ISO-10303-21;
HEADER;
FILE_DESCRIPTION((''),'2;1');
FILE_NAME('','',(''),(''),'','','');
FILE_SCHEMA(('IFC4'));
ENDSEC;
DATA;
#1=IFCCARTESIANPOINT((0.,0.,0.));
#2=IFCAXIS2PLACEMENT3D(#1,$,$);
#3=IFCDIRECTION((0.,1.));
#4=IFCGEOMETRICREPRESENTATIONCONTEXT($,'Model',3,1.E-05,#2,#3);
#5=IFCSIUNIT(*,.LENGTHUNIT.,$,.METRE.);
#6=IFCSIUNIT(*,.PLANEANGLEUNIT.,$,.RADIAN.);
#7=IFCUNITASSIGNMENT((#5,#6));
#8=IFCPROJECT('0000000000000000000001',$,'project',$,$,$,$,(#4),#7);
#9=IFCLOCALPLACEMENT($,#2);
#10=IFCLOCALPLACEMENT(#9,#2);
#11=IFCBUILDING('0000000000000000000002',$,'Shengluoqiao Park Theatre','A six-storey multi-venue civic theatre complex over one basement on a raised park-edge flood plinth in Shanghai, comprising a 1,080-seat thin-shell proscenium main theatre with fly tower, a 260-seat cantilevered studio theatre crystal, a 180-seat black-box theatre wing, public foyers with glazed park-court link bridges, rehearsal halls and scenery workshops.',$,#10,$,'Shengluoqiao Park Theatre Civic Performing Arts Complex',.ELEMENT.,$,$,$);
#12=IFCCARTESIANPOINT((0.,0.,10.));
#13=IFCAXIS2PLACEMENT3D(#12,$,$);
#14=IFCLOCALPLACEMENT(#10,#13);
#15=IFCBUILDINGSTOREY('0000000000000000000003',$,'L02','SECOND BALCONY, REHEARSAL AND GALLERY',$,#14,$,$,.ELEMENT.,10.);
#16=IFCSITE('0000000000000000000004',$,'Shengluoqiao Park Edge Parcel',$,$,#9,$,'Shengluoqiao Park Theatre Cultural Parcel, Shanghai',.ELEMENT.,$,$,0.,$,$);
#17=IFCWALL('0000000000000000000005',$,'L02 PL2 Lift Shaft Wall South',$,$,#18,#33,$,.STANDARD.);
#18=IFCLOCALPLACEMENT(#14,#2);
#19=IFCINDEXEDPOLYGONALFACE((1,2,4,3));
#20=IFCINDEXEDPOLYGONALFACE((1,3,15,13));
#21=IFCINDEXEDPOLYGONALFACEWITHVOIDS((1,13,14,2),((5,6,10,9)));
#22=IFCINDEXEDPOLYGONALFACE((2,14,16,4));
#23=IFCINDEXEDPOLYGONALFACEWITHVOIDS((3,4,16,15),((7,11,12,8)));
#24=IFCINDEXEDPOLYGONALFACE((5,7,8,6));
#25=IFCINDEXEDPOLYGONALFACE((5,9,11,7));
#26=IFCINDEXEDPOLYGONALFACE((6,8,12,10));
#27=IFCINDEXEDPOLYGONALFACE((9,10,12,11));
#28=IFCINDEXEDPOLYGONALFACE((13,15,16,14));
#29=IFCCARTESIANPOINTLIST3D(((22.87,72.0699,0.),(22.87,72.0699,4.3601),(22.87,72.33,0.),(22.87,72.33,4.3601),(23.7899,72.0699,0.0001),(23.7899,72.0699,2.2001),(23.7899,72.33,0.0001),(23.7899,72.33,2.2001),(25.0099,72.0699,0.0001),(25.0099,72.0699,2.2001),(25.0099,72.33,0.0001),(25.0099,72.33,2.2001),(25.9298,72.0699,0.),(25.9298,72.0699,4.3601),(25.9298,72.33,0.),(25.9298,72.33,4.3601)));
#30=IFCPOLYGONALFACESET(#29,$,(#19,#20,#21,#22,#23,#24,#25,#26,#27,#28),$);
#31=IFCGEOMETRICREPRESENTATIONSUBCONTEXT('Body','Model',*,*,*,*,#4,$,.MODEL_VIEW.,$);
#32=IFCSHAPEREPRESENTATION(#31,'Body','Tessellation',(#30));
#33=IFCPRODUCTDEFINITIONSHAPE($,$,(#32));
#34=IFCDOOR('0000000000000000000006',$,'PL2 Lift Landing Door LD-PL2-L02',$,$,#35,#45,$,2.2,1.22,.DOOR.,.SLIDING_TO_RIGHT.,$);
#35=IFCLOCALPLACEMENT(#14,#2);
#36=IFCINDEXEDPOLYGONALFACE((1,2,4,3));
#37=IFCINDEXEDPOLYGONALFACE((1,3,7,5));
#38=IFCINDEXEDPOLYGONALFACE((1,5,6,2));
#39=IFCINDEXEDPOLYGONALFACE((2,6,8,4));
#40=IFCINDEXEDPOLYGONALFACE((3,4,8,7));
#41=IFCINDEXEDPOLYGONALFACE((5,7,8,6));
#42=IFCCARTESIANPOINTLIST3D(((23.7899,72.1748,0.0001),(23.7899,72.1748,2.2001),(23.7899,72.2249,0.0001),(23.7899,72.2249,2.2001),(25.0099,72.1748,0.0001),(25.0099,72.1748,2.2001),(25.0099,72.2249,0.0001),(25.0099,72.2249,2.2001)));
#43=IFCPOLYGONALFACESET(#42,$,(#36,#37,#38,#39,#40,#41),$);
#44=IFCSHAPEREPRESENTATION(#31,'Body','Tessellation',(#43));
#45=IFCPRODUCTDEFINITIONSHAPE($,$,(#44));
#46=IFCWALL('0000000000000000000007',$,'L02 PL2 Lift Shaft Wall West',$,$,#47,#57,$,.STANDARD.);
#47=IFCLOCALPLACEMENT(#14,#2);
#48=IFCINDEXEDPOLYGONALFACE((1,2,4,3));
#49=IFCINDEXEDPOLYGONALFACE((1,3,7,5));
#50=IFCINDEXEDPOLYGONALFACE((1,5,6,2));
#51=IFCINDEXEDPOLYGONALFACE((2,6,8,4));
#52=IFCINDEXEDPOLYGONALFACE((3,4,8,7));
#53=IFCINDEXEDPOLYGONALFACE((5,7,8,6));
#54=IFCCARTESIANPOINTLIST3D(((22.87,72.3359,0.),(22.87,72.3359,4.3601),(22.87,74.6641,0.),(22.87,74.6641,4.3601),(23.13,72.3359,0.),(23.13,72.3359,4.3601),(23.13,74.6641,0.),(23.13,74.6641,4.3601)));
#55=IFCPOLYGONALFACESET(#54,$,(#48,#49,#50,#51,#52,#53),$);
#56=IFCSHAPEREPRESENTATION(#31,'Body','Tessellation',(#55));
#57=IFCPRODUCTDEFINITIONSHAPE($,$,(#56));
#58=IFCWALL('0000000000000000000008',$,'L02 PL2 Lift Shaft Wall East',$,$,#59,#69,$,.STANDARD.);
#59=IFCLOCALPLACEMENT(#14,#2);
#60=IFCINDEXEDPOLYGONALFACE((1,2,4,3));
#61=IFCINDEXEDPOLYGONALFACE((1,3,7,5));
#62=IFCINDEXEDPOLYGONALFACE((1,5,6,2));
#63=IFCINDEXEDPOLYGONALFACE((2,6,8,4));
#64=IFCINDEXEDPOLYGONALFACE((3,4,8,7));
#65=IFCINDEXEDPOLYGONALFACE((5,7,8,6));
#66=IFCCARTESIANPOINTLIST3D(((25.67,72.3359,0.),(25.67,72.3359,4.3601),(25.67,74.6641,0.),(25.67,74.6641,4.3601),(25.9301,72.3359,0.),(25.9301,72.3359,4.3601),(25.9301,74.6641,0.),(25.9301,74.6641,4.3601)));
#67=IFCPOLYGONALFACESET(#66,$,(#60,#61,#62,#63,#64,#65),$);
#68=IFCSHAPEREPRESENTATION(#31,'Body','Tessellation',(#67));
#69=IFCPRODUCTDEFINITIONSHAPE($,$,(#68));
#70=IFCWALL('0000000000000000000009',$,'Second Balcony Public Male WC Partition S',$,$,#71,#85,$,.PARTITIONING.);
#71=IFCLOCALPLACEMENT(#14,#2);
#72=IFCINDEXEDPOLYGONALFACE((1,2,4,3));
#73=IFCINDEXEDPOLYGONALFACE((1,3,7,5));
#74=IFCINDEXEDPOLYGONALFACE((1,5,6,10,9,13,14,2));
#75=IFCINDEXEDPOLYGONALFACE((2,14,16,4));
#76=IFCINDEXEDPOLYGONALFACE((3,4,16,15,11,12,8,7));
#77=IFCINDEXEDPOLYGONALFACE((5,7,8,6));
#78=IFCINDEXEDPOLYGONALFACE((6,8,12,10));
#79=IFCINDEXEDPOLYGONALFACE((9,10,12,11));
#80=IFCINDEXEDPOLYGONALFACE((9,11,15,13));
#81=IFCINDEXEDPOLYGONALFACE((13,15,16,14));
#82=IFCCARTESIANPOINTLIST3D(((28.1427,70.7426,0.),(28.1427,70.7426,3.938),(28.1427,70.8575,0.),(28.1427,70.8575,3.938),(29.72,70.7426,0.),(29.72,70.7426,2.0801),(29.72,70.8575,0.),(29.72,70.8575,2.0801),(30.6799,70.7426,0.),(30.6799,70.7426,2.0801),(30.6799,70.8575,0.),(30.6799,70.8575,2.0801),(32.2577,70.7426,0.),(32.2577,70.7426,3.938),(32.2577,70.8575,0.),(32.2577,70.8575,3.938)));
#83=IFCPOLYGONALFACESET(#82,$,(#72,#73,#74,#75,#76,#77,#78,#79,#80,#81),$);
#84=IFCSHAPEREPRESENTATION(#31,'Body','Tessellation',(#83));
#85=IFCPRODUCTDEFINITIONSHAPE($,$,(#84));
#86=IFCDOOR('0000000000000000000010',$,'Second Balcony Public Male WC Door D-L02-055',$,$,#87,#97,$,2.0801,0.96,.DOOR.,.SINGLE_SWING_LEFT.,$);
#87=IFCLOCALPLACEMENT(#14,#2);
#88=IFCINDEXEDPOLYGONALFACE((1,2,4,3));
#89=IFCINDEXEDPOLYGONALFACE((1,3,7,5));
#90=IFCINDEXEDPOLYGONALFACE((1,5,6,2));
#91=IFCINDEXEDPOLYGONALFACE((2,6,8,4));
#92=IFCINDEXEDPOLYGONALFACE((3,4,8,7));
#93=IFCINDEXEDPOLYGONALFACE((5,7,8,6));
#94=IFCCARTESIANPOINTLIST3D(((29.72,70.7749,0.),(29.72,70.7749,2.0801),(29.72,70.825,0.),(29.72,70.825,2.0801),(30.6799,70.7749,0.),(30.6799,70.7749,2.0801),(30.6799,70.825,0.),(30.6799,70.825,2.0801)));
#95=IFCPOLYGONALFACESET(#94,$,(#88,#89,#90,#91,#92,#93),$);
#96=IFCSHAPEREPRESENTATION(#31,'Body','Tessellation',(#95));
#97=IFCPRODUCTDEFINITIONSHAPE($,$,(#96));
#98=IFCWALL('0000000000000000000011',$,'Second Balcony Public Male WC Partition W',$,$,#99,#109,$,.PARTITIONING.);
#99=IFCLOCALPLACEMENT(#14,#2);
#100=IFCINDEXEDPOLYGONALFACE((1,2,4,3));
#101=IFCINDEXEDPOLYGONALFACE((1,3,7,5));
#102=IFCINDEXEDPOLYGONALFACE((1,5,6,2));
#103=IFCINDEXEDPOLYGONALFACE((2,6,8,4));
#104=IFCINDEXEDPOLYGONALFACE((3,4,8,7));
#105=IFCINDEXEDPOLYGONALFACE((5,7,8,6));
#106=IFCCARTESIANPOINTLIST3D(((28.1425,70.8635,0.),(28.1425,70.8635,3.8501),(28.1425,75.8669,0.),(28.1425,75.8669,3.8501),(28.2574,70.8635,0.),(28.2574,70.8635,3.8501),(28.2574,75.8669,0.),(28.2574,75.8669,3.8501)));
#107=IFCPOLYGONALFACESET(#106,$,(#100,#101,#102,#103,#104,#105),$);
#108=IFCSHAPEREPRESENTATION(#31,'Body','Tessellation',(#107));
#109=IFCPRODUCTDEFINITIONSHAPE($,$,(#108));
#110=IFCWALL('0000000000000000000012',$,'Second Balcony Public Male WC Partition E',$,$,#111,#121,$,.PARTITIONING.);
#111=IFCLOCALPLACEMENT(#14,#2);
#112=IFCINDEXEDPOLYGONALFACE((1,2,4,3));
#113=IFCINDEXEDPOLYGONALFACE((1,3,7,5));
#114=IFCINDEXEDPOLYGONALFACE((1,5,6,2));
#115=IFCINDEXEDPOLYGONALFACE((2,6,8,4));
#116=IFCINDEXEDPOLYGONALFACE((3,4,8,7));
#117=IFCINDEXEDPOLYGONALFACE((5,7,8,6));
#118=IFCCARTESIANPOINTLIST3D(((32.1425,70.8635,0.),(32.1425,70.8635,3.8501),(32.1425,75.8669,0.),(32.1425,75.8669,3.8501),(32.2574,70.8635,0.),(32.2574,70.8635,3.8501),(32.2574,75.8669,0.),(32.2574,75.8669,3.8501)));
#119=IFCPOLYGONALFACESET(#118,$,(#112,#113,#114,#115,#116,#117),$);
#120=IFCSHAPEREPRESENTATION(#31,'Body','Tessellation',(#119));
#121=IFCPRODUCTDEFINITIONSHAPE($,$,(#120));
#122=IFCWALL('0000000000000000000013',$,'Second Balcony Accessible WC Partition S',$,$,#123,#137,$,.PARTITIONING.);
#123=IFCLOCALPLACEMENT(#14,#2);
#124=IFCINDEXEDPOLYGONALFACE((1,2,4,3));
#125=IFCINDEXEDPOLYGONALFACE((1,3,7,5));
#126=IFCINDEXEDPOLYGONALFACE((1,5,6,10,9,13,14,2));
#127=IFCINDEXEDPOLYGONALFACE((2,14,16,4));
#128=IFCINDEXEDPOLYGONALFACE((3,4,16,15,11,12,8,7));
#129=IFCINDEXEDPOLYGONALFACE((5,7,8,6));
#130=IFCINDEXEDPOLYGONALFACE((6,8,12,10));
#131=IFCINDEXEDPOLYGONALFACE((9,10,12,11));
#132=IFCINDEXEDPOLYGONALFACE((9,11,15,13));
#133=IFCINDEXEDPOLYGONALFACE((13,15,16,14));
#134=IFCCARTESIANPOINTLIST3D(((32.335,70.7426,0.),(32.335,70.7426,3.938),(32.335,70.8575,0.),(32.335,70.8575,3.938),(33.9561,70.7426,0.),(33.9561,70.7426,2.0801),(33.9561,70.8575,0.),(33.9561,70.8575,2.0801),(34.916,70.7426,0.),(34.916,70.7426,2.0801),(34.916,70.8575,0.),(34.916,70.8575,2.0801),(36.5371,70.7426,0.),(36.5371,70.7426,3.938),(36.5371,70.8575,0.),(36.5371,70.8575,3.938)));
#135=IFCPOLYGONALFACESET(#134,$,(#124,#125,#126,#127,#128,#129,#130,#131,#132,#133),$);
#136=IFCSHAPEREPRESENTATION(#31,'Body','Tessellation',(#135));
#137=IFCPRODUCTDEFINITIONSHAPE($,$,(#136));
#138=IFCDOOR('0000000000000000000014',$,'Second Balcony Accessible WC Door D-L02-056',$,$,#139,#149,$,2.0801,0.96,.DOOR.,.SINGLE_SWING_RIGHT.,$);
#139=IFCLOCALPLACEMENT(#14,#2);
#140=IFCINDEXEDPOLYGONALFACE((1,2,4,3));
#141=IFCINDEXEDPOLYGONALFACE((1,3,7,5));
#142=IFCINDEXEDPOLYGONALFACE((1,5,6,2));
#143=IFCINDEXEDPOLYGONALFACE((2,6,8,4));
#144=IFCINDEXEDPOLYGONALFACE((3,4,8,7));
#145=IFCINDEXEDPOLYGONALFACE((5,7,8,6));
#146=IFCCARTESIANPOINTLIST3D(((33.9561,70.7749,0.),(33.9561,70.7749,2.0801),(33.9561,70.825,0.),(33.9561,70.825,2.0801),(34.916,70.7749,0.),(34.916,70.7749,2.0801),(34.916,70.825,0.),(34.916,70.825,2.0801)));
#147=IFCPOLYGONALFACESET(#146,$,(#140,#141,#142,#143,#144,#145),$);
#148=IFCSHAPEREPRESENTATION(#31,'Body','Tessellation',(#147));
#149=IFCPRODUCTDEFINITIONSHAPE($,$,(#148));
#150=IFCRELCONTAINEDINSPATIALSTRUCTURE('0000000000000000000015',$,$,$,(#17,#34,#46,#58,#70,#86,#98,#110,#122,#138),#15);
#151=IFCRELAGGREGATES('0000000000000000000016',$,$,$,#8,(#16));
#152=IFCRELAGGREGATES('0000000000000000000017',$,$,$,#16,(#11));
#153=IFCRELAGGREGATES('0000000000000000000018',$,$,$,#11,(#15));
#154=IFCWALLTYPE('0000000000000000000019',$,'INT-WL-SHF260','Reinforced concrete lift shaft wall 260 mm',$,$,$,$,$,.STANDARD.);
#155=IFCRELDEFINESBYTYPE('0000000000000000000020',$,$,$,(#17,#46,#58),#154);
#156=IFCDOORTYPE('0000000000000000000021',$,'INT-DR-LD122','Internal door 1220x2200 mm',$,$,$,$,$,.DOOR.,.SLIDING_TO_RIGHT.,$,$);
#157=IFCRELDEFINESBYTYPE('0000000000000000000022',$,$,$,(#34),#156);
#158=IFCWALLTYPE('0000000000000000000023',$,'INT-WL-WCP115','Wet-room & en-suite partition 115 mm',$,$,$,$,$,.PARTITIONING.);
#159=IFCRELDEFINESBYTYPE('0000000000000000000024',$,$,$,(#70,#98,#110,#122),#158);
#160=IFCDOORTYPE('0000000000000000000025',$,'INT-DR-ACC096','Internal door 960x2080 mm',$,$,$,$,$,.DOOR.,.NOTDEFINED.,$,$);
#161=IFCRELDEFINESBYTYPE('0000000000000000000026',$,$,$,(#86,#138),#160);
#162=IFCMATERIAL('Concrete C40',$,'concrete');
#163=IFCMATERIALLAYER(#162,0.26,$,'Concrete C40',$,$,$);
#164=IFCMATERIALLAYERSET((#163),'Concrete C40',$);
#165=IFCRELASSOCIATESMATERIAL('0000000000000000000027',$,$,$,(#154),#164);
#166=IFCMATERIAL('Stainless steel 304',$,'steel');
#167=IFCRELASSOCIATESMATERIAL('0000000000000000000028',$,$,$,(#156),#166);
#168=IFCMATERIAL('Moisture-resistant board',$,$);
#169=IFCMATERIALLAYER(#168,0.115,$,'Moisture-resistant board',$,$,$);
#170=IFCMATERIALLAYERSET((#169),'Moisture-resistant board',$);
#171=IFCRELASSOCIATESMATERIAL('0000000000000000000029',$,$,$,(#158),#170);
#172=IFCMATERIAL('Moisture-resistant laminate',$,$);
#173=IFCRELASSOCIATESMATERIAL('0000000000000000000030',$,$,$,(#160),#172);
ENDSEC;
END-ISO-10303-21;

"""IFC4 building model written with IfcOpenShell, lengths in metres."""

from ifc_helpers import new_model, si_unit, direction, frame, frame_2d, origin, place, context, subcontext, project, spatial, rectangle, extrude, material, layer, layer_set, type_object, element, fill, save


model = new_model("IFC4")

# Units and contexts
model_context = context("Model", 3, precision=1e-05, world=origin(), true_north=direction((0.0, 1.0)))
body_context = subcontext(model_context, "Body", "Model", "MODEL_VIEW")
ifc_project = project(units=[si_unit("LENGTHUNIT", "METRE"), si_unit("PLANEANGLEUNIT", "RADIAN")], contexts=[model_context])

# Site, building, storey
site_placement = place(None, origin())
site = spatial("IfcSite", under=ifc_project, at=site_placement, Name="Shengluoqiao Park Edge Parcel", LongName="Shengluoqiao Park Theatre Cultural Parcel, Shanghai", CompositionType="ELEMENT", RefElevation=0.0)
building_placement = place(site_placement, origin())
building = spatial("IfcBuilding", under=site, at=building_placement, Name="Shengluoqiao Park Theatre", Description="A six-storey multi-venue civic theatre complex over one basement on a raised park-edge flood plinth in Shanghai, comprising a 1,080-seat thin-shell proscenium main theatre with fly tower, a 260-seat cantilevered studio theatre crystal, a 180-seat black-box theatre wing, public foyers with glazed park-court link bridges, rehearsal halls and scenery workshops.", LongName="Shengluoqiao Park Theatre Civic Performing Arts Complex", CompositionType="ELEMENT")
storey_placement = place(building_placement, frame((0.0, 0.0, 10.0)))
storey = spatial("IfcBuildingStorey", under=building, at=storey_placement, Name="L02", Description="SECOND BALCONY, REHEARSAL AND GALLERY", CompositionType="ELEMENT", Elevation=10.0)

# Shared definitions
ifc_material_1 = material(Name="Concrete C40", Category="concrete")
ifc_layer_1 = layer(ifc_material_1, 0.26, Name="Concrete C40")
ifc_layer_set_1 = layer_set([ifc_layer_1], Name="Concrete C40")
wall_type_1 = type_object("IfcWallType", Name="INT-WL-SHF260", Description="Reinforced concrete lift shaft wall 260 mm", PredefinedType="STANDARD", material=ifc_layer_set_1)
ifc_material_2 = material(Name="Stainless steel 304", Category="steel")

# Wall, opening, door
wall_1_placement = place(storey_placement, frame((22.8701, 72.2, 0.0), z_axis=(0.0, 0.0, 1.0), x_axis=(1.0, 0.0, 0.0)))
wall_1 = element("IfcWall", 1, at=wall_1_placement, inside=storey, type_object=wall_type_1, Name="L02 PL2 Lift Shaft Wall South", PredefinedType="STANDARD", context=body_context, shape_type="SweptSolid", body=[
    extrude(rectangle(XDim=3.0598, YDim=0.26, at=frame_2d((1.5298, 0.0))), origin(), (0.0, 0.0, 1.0), 4.3601),
])
opening_1_placement = place(wall_1_placement, frame((0.9199, 0.0, 0.0)))
opening_1 = element("IfcOpeningElement", 2, at=opening_1_placement, cuts=wall_1, PredefinedType="OPENING", context=body_context, shape_type="SweptSolid", body=[
    extrude(rectangle(XDim=1.22, YDim=2.2, at=frame_2d((0.6099, 1.1001))), frame((0.0, 0.1399, 0.0), z_axis=(0.0, -1.0, 0.0), x_axis=(1.0, 0.0, 0.0)), (0.0, 0.0, 1.0), 0.28),
])
door_type_1 = type_object("IfcDoorType", Name="INT-DR-LD122", Description="Internal door 1220x2200 mm", OperationType="SLIDING_TO_RIGHT", PredefinedType="DOOR", material=ifc_material_2)
door_1_placement = place(opening_1_placement, origin())
door_1 = element("IfcDoor", 3, at=door_1_placement, inside=storey, type_object=door_type_1, Name="PL2 Lift Landing Door LD-PL2-L02", OperationType="SLIDING_TO_RIGHT", OverallHeight=2.2, OverallWidth=1.22, PredefinedType="DOOR", context=body_context, shape_type="SweptSolid", body=[
    extrude(rectangle(XDim=1.22, YDim=2.2, at=frame_2d((0.6099, 1.1001))), frame((0.0, 0.0249, 0.0), z_axis=(0.0, -1.0, 0.0), x_axis=(1.0, 0.0, 0.0)), (0.0, 0.0, 1.0), 0.05),
])
fill(opening_1, door_1)

# Walls
for number, where, z_axis, x_axis, name in (
    (4, (23.0, 72.3359, 0.0), (0.0, 0.0, 1.0), (0.0, 1.0, 0.0), "L02 PL2 Lift Shaft Wall West"),
    (5, (25.8, 72.3359, 0.0), (0.0, 0.0, 1.0), (0.0, 1.0, 0.0), "L02 PL2 Lift Shaft Wall East"),
):
    element("IfcWall", number, at=place(storey_placement, frame(where, z_axis=z_axis, x_axis=x_axis)), inside=storey, type_object=wall_type_1, Name=name, PredefinedType="STANDARD", context=body_context, shape_type="SweptSolid", body=[
        extrude(rectangle(XDim=2.3281, YDim=0.26, at=frame_2d((1.1641, 0.0))), origin(), (0.0, 0.0, 1.0), 4.3601),
    ])

# Wall, opening, door
ifc_material_3 = material(Name="Moisture-resistant board")
ifc_layer_2 = layer(ifc_material_3, 0.115, Name="Moisture-resistant board")
ifc_layer_set_2 = layer_set([ifc_layer_2], Name="Moisture-resistant board")
wall_type_2 = type_object("IfcWallType", Name="INT-WL-WCP115", Description="Wet-room & en-suite partition 115 mm", PredefinedType="PARTITIONING", material=ifc_layer_set_2)
wall_2_placement = place(storey_placement, frame((28.1426, 70.8, 0.0), z_axis=(0.0, 0.0, 1.0), x_axis=(1.0, 0.0, 0.0)))
wall_2 = element("IfcWall", 6, at=wall_2_placement, inside=storey, type_object=wall_type_2, Name="Second Balcony Public Male WC Partition S", PredefinedType="PARTITIONING", context=body_context, shape_type="SweptSolid", body=[
    extrude(rectangle(XDim=4.115, YDim=0.115, at=frame_2d((2.0576, 0.0))), origin(), (0.0, 0.0, 1.0), 3.938),
])
opening_2_placement = place(wall_2_placement, frame((1.5774, 0.0, 0.0)))
opening_2 = element("IfcOpeningElement", 7, at=opening_2_placement, cuts=wall_2, PredefinedType="OPENING", context=body_context, shape_type="SweptSolid", body=[
    extrude(rectangle(XDim=0.96, YDim=2.0801, at=frame_2d((0.48, 1.04))), frame((0.0, 0.0674, 0.0), z_axis=(0.0, -1.0, 0.0), x_axis=(1.0, 0.0, 0.0)), (0.0, 0.0, 1.0), 0.135),
])
ifc_material_4 = material(Name="Moisture-resistant laminate")
door_type_2 = type_object("IfcDoorType", Name="INT-DR-ACC096", Description="Internal door 960x2080 mm", OperationType="NOTDEFINED", PredefinedType="DOOR", material=ifc_material_4)
door_2_placement = place(opening_2_placement, origin())
door_2 = element("IfcDoor", 8, at=door_2_placement, inside=storey, type_object=door_type_2, Name="Second Balcony Public Male WC Door D-L02-055", OperationType="SINGLE_SWING_LEFT", OverallHeight=2.0801, OverallWidth=0.96, PredefinedType="DOOR", context=body_context, shape_type="SweptSolid", body=[
    extrude(rectangle(XDim=0.96, YDim=2.0801, at=frame_2d((0.48, 1.04))), frame((0.0, 0.0249, 0.0), z_axis=(0.0, -1.0, 0.0), x_axis=(1.0, 0.0, 0.0)), (0.0, 0.0, 1.0), 0.05),
])
fill(opening_2, door_2)

# Walls
for number, where, z_axis, x_axis, name in (
    (9, (28.2, 70.8635, 0.0), (0.0, 0.0, 1.0), (0.0, 1.0, 0.0), "Second Balcony Public Male WC Partition W"),
    (10, (32.2, 70.8635, 0.0), (0.0, 0.0, 1.0), (0.0, 1.0, 0.0), "Second Balcony Public Male WC Partition E"),
):
    element("IfcWall", number, at=place(storey_placement, frame(where, z_axis=z_axis, x_axis=x_axis)), inside=storey, type_object=wall_type_2, Name=name, PredefinedType="PARTITIONING", context=body_context, shape_type="SweptSolid", body=[
        extrude(rectangle(XDim=5.0034, YDim=0.115, at=frame_2d((2.5017, 0.0))), origin(), (0.0, 0.0, 1.0), 3.8501),
    ])

# Wall, opening, door
wall_3_placement = place(storey_placement, frame((32.335, 70.8, 0.0), z_axis=(0.0, 0.0, 1.0), x_axis=(1.0, 0.0, 0.0)))
wall_3 = element("IfcWall", 11, at=wall_3_placement, inside=storey, type_object=wall_type_2, Name="Second Balcony Accessible WC Partition S", PredefinedType="PARTITIONING", context=body_context, shape_type="SweptSolid", body=[
    extrude(rectangle(XDim=4.2021, YDim=0.115, at=frame_2d((2.1011, 0.0))), origin(), (0.0, 0.0, 1.0), 3.938),
])
opening_3_placement = place(wall_3_placement, frame((1.6211, 0.0, 0.0)))
opening_3 = element("IfcOpeningElement", 12, at=opening_3_placement, cuts=wall_3, PredefinedType="OPENING", context=body_context, shape_type="SweptSolid", body=[
    extrude(rectangle(XDim=0.96, YDim=2.0801, at=frame_2d((0.48, 1.04))), frame((0.0, 0.0674, 0.0), z_axis=(0.0, -1.0, 0.0), x_axis=(1.0, 0.0, 0.0)), (0.0, 0.0, 1.0), 0.135),
])
door_3_placement = place(opening_3_placement, origin())
door_3 = element("IfcDoor", 13, at=door_3_placement, inside=storey, type_object=door_type_2, Name="Second Balcony Accessible WC Door D-L02-056", OperationType="SINGLE_SWING_RIGHT", OverallHeight=2.0801, OverallWidth=0.96, PredefinedType="DOOR", context=body_context, shape_type="SweptSolid", body=[
    extrude(rectangle(XDim=0.96, YDim=2.0801, at=frame_2d((0.48, 1.04))), frame((0.0, 0.0249, 0.0), z_axis=(0.0, -1.0, 0.0), x_axis=(1.0, 0.0, 0.0)), (0.0, 0.0, 1.0), 0.05),
])
fill(opening_3, door_3)

save(model, "model.ifc")
